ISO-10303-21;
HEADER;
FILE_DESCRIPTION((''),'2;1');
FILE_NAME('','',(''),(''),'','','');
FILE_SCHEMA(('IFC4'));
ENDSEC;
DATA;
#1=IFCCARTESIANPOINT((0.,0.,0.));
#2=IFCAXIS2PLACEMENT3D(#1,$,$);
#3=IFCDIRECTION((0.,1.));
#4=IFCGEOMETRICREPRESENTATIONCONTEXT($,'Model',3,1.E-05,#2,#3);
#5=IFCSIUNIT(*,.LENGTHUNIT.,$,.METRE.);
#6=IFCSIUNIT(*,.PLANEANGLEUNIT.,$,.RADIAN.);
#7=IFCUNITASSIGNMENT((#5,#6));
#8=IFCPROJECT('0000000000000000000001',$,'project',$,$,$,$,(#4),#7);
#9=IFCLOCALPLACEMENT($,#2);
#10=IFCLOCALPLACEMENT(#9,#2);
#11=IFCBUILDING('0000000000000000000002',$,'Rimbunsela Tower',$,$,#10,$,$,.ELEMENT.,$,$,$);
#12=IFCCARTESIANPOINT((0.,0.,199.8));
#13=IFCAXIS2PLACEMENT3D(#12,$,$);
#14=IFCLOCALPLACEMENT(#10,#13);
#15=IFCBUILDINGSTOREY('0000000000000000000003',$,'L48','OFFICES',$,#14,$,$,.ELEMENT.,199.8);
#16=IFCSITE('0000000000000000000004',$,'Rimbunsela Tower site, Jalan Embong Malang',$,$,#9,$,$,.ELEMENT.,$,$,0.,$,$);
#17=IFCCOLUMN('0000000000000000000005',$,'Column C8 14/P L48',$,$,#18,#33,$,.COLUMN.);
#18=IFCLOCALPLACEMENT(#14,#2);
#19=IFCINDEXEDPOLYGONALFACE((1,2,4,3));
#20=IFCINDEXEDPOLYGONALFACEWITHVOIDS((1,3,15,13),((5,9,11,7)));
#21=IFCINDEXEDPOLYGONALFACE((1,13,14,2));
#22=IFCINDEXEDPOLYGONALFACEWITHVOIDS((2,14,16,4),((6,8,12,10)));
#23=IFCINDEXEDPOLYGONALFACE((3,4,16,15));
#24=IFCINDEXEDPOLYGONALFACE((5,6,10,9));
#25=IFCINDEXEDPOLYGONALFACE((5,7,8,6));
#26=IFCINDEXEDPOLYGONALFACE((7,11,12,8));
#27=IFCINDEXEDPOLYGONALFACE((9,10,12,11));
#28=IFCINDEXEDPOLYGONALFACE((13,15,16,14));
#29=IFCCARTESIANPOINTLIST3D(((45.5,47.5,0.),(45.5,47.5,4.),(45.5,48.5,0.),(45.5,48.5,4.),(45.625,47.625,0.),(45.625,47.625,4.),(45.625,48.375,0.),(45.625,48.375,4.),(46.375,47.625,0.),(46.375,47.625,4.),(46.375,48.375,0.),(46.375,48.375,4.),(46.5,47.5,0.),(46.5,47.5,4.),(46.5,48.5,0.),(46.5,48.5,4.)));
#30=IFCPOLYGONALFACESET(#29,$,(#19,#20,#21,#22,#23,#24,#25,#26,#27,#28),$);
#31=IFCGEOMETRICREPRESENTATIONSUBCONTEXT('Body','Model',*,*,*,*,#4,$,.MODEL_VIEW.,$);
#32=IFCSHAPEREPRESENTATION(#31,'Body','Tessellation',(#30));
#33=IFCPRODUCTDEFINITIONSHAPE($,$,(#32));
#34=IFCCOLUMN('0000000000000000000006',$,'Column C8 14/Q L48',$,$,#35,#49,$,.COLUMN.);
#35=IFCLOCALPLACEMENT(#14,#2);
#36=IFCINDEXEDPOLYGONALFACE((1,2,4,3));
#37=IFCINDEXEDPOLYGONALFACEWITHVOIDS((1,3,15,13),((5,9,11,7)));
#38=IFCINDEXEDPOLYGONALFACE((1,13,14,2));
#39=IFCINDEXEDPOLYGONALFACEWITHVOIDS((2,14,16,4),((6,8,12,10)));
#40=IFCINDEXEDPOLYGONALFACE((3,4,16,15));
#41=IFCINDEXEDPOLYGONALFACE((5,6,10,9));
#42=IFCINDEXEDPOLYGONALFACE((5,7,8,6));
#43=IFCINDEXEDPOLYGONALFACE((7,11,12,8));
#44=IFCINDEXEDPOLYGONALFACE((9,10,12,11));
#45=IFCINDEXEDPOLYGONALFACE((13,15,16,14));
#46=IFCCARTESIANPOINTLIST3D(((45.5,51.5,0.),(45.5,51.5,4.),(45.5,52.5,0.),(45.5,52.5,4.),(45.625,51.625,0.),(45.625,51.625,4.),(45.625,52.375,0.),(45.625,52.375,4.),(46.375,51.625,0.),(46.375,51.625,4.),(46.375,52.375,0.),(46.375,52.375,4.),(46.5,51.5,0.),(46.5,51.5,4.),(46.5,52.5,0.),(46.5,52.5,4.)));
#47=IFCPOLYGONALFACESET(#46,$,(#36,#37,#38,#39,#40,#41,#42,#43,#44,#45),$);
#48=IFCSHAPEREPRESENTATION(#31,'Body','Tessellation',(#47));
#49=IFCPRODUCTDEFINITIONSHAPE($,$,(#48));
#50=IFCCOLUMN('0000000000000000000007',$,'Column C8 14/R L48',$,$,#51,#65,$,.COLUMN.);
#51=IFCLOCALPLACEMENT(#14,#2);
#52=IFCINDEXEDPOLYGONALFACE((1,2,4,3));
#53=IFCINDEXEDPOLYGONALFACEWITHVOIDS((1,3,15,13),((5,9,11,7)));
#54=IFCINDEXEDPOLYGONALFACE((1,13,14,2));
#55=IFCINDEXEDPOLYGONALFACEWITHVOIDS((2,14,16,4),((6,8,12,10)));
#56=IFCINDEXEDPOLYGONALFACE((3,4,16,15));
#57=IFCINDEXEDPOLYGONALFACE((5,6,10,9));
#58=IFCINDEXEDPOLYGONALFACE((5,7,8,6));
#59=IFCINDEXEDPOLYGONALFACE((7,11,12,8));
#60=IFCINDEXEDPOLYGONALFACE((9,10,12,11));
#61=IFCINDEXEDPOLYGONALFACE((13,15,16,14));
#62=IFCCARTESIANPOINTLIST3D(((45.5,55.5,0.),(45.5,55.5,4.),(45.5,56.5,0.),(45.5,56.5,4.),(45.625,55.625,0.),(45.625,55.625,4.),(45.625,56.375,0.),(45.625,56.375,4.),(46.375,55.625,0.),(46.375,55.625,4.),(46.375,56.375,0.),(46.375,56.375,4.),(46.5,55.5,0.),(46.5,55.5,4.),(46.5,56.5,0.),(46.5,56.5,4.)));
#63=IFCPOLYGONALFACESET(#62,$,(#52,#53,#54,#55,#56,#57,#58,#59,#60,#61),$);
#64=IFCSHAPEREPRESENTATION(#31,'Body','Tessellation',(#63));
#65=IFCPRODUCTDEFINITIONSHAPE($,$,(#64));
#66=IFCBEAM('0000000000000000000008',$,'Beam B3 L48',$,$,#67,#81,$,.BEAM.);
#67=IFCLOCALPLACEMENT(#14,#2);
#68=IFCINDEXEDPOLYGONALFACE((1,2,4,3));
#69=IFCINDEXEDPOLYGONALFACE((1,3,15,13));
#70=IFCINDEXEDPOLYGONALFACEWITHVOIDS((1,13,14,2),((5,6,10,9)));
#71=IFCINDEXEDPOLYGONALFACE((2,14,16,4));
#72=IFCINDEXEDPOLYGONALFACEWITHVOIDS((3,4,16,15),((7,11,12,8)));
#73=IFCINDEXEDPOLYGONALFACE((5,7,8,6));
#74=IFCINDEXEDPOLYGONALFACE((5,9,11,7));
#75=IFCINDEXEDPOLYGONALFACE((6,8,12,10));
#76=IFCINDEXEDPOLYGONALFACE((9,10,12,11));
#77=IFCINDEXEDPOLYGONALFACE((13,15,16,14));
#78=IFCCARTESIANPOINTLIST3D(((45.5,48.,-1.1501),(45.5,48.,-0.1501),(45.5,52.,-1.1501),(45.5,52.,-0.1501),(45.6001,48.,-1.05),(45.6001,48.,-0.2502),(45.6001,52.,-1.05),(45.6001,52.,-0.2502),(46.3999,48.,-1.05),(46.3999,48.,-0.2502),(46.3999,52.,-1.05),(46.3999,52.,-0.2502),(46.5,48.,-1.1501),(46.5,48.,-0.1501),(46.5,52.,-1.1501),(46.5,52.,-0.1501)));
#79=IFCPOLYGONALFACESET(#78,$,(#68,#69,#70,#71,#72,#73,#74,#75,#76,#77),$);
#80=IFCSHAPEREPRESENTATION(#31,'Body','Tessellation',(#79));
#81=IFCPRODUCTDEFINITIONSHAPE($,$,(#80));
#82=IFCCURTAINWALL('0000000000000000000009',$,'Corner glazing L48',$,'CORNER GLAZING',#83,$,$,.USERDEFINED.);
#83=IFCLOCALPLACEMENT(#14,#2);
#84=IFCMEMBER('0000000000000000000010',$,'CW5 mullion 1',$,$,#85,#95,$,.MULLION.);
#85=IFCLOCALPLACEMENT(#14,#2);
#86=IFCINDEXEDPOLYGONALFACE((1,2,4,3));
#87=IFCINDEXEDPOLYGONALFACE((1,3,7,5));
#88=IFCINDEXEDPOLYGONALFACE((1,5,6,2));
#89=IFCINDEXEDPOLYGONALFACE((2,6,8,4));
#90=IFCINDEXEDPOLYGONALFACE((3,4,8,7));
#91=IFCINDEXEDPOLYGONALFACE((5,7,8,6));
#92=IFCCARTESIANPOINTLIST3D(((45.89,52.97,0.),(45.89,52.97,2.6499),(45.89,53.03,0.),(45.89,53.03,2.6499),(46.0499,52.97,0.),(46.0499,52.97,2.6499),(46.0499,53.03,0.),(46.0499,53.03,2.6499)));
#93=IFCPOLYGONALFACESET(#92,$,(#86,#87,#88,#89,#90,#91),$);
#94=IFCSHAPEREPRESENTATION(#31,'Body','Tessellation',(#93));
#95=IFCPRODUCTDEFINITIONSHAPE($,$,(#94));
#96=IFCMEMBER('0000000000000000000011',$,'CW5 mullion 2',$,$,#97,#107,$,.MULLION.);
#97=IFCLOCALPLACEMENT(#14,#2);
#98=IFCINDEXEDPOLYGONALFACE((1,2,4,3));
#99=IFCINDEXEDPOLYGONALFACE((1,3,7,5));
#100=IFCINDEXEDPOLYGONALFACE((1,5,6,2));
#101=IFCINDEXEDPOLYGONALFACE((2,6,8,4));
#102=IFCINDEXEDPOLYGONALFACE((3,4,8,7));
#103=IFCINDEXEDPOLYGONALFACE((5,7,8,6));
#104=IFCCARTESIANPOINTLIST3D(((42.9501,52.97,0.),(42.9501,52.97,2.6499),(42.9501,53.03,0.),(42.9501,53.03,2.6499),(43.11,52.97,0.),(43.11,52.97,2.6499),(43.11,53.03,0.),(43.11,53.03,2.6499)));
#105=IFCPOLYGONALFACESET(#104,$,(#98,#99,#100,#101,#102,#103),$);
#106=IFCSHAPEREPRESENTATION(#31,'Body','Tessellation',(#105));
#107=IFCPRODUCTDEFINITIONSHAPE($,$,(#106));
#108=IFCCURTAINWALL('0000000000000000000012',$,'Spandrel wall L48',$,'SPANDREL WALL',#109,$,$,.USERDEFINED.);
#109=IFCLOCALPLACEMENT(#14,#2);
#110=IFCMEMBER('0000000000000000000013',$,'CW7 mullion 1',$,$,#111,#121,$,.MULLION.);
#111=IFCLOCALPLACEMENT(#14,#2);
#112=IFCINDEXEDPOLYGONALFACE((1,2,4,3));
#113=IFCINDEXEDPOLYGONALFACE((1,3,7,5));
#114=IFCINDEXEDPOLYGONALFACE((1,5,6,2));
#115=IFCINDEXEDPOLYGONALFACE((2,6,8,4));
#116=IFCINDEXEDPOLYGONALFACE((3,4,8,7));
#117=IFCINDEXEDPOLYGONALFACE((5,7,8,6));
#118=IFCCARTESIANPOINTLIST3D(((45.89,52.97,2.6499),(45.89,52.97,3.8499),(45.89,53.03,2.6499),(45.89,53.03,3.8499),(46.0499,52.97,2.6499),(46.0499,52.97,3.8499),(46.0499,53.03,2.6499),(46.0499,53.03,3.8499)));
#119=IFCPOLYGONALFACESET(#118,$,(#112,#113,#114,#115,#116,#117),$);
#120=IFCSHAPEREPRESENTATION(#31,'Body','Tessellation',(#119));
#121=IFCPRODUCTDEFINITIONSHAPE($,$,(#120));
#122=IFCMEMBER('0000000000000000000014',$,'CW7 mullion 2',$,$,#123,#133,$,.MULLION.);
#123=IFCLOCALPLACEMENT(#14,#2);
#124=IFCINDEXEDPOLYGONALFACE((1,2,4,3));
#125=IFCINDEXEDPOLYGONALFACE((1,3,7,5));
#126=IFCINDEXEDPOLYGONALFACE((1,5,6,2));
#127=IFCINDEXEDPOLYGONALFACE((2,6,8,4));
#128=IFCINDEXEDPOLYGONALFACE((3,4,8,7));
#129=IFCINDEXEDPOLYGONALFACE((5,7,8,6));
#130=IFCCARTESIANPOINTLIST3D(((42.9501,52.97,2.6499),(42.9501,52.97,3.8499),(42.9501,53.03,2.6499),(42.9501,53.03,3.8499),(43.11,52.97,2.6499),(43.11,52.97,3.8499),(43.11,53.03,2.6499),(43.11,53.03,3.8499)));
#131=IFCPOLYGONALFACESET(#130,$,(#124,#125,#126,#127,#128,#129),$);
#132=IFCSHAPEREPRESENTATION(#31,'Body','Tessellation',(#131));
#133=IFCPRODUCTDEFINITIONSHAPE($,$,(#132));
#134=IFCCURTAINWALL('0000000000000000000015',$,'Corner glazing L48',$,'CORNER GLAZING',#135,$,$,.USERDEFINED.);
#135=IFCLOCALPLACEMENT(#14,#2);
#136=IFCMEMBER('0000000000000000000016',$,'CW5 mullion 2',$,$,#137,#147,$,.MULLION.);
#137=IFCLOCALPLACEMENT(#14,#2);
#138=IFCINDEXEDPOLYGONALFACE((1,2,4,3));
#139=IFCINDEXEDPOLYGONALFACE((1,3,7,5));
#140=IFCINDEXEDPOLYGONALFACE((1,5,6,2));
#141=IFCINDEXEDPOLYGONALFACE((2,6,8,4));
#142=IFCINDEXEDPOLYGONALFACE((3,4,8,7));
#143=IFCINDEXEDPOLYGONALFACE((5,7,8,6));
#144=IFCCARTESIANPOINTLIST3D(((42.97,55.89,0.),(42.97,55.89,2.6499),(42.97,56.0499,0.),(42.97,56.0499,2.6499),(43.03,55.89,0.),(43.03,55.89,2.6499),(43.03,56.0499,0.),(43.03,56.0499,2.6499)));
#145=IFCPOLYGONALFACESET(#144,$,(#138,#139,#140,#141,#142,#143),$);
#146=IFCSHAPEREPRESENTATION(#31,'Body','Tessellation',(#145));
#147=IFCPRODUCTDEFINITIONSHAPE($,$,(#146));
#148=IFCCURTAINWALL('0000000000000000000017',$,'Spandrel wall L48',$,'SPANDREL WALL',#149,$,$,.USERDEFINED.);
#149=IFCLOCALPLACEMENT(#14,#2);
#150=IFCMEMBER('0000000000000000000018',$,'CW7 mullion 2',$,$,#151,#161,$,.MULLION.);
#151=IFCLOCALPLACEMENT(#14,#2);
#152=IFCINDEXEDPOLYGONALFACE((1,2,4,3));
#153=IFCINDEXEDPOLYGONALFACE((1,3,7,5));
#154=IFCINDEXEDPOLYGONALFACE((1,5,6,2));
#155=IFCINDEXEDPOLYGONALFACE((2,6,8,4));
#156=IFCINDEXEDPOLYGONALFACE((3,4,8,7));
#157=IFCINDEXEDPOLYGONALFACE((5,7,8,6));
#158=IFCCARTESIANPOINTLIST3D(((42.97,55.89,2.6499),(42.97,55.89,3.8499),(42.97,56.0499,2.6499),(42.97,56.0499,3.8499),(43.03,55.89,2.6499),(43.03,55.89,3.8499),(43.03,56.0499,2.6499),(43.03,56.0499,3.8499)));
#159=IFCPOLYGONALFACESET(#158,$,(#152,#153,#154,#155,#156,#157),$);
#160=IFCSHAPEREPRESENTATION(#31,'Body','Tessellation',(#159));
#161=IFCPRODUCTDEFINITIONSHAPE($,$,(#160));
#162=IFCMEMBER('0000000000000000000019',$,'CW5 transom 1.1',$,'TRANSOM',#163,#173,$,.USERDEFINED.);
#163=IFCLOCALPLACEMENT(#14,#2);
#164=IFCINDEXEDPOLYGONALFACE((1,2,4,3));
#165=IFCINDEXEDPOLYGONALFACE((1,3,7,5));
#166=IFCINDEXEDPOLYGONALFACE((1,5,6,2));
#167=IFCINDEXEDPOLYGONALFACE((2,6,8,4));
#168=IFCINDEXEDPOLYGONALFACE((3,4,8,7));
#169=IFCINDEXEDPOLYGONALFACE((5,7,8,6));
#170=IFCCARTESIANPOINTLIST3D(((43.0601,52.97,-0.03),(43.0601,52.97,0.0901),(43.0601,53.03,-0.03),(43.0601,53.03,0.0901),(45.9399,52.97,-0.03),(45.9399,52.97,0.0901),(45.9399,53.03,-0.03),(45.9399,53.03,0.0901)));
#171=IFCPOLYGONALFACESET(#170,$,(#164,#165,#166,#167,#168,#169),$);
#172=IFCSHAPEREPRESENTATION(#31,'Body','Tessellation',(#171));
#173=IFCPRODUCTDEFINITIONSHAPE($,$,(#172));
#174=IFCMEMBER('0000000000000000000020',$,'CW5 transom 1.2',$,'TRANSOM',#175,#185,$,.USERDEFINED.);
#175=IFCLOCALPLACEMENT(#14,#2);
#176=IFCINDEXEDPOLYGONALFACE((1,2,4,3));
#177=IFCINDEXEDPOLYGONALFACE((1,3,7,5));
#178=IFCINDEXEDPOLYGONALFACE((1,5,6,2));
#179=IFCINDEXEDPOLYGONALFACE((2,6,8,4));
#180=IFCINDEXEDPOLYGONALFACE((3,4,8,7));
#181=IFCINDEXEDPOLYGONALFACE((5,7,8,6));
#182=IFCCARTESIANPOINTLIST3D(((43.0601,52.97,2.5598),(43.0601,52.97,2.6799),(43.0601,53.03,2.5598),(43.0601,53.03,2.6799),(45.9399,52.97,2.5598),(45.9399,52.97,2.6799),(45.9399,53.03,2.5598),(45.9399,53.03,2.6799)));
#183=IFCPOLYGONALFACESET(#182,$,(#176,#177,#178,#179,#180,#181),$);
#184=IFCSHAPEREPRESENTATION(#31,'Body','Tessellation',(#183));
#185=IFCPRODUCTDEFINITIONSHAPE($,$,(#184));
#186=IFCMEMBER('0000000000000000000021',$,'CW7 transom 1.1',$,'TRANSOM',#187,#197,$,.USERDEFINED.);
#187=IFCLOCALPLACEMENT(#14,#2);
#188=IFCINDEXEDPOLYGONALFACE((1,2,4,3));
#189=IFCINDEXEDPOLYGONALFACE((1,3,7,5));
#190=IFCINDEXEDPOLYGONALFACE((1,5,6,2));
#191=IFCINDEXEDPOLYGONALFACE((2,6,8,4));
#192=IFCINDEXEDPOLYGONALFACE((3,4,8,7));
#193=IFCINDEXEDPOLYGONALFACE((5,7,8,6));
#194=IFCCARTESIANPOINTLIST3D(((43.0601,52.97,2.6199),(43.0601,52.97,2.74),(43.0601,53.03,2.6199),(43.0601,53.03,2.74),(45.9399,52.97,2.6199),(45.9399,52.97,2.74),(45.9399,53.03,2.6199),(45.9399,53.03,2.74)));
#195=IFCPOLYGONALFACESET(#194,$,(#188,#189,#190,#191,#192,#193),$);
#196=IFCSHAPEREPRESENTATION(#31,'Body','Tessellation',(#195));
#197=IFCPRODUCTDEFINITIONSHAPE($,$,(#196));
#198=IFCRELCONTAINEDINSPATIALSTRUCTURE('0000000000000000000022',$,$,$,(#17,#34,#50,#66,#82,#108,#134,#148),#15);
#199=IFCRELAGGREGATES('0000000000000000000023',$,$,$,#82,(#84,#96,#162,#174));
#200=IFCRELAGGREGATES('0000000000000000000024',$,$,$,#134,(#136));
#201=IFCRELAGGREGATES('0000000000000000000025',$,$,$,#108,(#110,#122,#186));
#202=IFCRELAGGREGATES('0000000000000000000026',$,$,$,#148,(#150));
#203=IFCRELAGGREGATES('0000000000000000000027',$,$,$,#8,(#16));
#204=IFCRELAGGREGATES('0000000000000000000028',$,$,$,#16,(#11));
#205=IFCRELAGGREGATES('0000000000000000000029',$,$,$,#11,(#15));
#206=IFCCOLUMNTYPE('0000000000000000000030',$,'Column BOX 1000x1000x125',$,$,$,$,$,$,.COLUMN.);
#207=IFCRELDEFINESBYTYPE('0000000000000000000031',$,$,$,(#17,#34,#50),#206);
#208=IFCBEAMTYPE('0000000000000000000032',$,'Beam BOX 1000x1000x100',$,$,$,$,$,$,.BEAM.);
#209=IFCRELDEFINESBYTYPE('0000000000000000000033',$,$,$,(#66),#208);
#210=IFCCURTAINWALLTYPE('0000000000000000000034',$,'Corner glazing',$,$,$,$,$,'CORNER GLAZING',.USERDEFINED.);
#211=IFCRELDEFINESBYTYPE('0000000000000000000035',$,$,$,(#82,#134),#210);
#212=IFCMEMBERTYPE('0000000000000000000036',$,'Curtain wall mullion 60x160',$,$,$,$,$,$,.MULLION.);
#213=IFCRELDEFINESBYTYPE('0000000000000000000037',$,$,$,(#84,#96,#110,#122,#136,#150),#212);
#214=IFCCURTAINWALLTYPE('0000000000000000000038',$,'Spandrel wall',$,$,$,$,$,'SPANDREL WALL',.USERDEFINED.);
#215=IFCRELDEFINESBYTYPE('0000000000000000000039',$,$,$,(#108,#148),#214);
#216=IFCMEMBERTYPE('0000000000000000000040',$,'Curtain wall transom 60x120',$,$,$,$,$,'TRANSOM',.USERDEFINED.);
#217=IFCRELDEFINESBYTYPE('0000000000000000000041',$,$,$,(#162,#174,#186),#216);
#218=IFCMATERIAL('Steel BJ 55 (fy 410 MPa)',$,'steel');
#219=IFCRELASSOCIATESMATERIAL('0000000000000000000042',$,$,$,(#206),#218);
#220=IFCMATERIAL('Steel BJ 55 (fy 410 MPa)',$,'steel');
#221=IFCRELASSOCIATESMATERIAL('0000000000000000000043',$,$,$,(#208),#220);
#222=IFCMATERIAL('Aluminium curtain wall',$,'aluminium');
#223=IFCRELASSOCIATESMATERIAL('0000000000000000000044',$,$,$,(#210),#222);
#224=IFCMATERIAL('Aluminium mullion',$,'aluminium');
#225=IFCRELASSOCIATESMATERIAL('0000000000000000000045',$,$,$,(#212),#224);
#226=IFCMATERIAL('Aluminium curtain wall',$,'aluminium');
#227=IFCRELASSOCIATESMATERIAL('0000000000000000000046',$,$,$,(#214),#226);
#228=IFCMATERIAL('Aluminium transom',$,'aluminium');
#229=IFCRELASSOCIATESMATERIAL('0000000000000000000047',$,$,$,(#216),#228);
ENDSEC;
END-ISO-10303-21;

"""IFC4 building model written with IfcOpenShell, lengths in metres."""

from ifc_helpers import new_model, si_unit, direction, frame, origin, origin_2d, place, context, subcontext, project, spatial, rectangle, hollow_rectangle, extrude, material, material_profile, profile_set, type_object, element, aggregate, save


model = new_model("IFC4")

# Units and contexts
model_context = context("Model", 3, precision=1e-05, world=origin(), true_north=direction((0.0, 1.0)))
body_context = subcontext(model_context, "Body", "Model", "MODEL_VIEW")
ifc_project = project(units=[si_unit("LENGTHUNIT", "METRE"), si_unit("PLANEANGLEUNIT", "RADIAN")], contexts=[model_context])

# Site, building, storey
site_placement = place(None, origin())
site = spatial("IfcSite", under=ifc_project, at=site_placement, Name="Rimbunsela Tower site, Jalan Embong Malang", CompositionType="ELEMENT", RefElevation=0.0)
building_placement = place(site_placement, origin())
building = spatial("IfcBuilding", under=site, at=building_placement, Name="Rimbunsela Tower", CompositionType="ELEMENT")
storey_placement = place(building_placement, frame((0.0, 0.0, 199.8)))
storey = spatial("IfcBuildingStorey", under=building, at=storey_placement, Name="L48", Description="OFFICES", CompositionType="ELEMENT", Elevation=199.8)

# Columns
ifc_material_1 = material(Name="Steel BJ 55 (fy 410 MPa)", Category="steel")
ifc_material_profile_1 = material_profile(ifc_material_1, hollow_rectangle(XDim=1.0, YDim=1.0, WallThickness=0.125, at=origin_2d()), Name="BOX 1000x1000x125")
ifc_profile_set_1 = profile_set([ifc_material_profile_1], Name="Steel BJ 55 (fy 410 MPa)")
column_type = type_object("IfcColumnType", Name="Column BOX 1000x1000x125", PredefinedType="COLUMN", material=ifc_profile_set_1)
for number, where, z_axis, x_axis, name in (
    (1, (46.0, 48.0, 0.0), (0.0, 0.0, 1.0), (1.0, 0.0, 0.0), "Column C8 14/P L48"),
    (2, (46.0, 52.0, 0.0), (0.0, 0.0, 1.0), (1.0, 0.0, 0.0), "Column C8 14/Q L48"),
    (3, (46.0, 56.0, 0.0), (0.0, 0.0, 1.0), (1.0, 0.0, 0.0), "Column C8 14/R L48"),
):
    element("IfcColumn", number, at=place(storey_placement, frame(where, z_axis=z_axis, x_axis=x_axis)), inside=storey, type_object=column_type, Name=name, PredefinedType="COLUMN", context=body_context, shape_type="SweptSolid", body=[
        extrude(hollow_rectangle(XDim=1.0, YDim=1.0, WallThickness=0.125, at=origin_2d()), origin(), (0.0, 0.0, 1.0), 4.0),
    ])

# Beam
ifc_material_2 = material(Name="Steel BJ 55 (fy 410 MPa)", Category="steel")
ifc_material_profile_2 = material_profile(ifc_material_2, hollow_rectangle(XDim=1.0, YDim=1.0, WallThickness=0.1001, at=origin_2d()), Name="BOX 1000x1000x100")
ifc_profile_set_2 = profile_set([ifc_material_profile_2], Name="Steel BJ 55 (fy 410 MPa)")
beam_type = type_object("IfcBeamType", Name="Beam BOX 1000x1000x100", PredefinedType="BEAM", material=ifc_profile_set_2)
beam_placement = place(storey_placement, frame((46.0, 48.0, -0.6501), z_axis=(0.0, 1.0, 0.0), x_axis=(-1.0, 0.0, 0.0)))
element("IfcBeam", 4, at=beam_placement, inside=storey, type_object=beam_type, Name="Beam B3 L48", PredefinedType="BEAM", context=body_context, shape_type="SweptSolid", body=[
    extrude(hollow_rectangle(XDim=1.0, YDim=1.0, WallThickness=0.1001, at=origin_2d()), origin(), (0.0, 0.0, 1.0), 4.0),
])

# Curtain walls, members
ifc_material_3 = material(Name="Aluminium curtain wall", Category="aluminium")
curtain_wall_type_1 = type_object("IfcCurtainWallType", Name="Corner glazing", ElementType="CORNER GLAZING", PredefinedType="USERDEFINED", material=ifc_material_3)
curtain_wall_1_placement = place(storey_placement, origin())
curtain_wall_1 = element("IfcCurtainWall", 5, at=curtain_wall_1_placement, inside=storey, type_object=curtain_wall_type_1, Name="Corner glazing L48", ObjectType="CORNER GLAZING", PredefinedType="USERDEFINED")
ifc_material_4 = material(Name="Aluminium mullion", Category="aluminium")
ifc_material_profile_3 = material_profile(ifc_material_4, rectangle(XDim=0.0601, YDim=0.1599, at=origin_2d()), Name="Mullion 60x160")
ifc_profile_set_3 = profile_set([ifc_material_profile_3], Name="Aluminium mullion")
member_type_1 = type_object("IfcMemberType", Name="Curtain wall mullion 60x160", PredefinedType="MULLION", material=ifc_profile_set_3)
member_1_placement = place(storey_placement, frame((45.97, 53.0, 0.0), z_axis=(0.0, 0.0, 1.0), x_axis=(0.0, -1.0, 0.0)))
member_1 = element("IfcMember", 6, at=member_1_placement, type_object=member_type_1, Name="CW5 mullion 1", PredefinedType="MULLION", context=body_context, shape_type="SweptSolid", body=[
    extrude(rectangle(XDim=0.0601, YDim=0.1599, at=origin_2d()), origin(), (0.0, 0.0, 1.0), 2.6499),
])
member_2_placement = place(storey_placement, frame((43.03, 53.0, 0.0), z_axis=(0.0, 0.0, 1.0), x_axis=(0.0, -1.0, 0.0)))
member_2 = element("IfcMember", 7, at=member_2_placement, type_object=member_type_1, Name="CW5 mullion 2", PredefinedType="MULLION", context=body_context, shape_type="SweptSolid", body=[
    extrude(rectangle(XDim=0.0601, YDim=0.1599, at=origin_2d()), origin(), (0.0, 0.0, 1.0), 2.6499),
])
ifc_material_5 = material(Name="Aluminium curtain wall", Category="aluminium")
curtain_wall_type_2 = type_object("IfcCurtainWallType", Name="Spandrel wall", ElementType="SPANDREL WALL", PredefinedType="USERDEFINED", material=ifc_material_5)
curtain_wall_2_placement = place(storey_placement, origin())
curtain_wall_2 = element("IfcCurtainWall", 8, at=curtain_wall_2_placement, inside=storey, type_object=curtain_wall_type_2, Name="Spandrel wall L48", ObjectType="SPANDREL WALL", PredefinedType="USERDEFINED")
member_3_placement = place(storey_placement, frame((45.97, 53.0, 2.6499), z_axis=(0.0, 0.0, 1.0), x_axis=(0.0, -1.0, 0.0)))
member_3 = element("IfcMember", 9, at=member_3_placement, type_object=member_type_1, Name="CW7 mullion 1", PredefinedType="MULLION", context=body_context, shape_type="SweptSolid", body=[
    extrude(rectangle(XDim=0.0601, YDim=0.1599, at=origin_2d()), origin(), (0.0, 0.0, 1.0), 1.2),
])
member_4_placement = place(storey_placement, frame((43.03, 53.0, 2.6499), z_axis=(0.0, 0.0, 1.0), x_axis=(0.0, -1.0, 0.0)))
member_4 = element("IfcMember", 10, at=member_4_placement, type_object=member_type_1, Name="CW7 mullion 2", PredefinedType="MULLION", context=body_context, shape_type="SweptSolid", body=[
    extrude(rectangle(XDim=0.0601, YDim=0.1599, at=origin_2d()), origin(), (0.0, 0.0, 1.0), 1.2),
])

# Curtain walls, members
curtain_wall_3_placement = place(storey_placement, origin())
curtain_wall_3 = element("IfcCurtainWall", 11, at=curtain_wall_3_placement, inside=storey, type_object=curtain_wall_type_1, Name="Corner glazing L48", ObjectType="CORNER GLAZING", PredefinedType="USERDEFINED")
member_5_placement = place(storey_placement, frame((43.0, 55.97, 0.0), z_axis=(0.0, 0.0, 1.0), x_axis=(-1.0, 0.0, 0.0)))
member_5 = element("IfcMember", 12, at=member_5_placement, type_object=member_type_1, Name="CW5 mullion 2", PredefinedType="MULLION", context=body_context, shape_type="SweptSolid", body=[
    extrude(rectangle(XDim=0.0601, YDim=0.1599, at=origin_2d()), origin(), (0.0, 0.0, 1.0), 2.6499),
])
curtain_wall_4_placement = place(storey_placement, origin())
curtain_wall_4 = element("IfcCurtainWall", 13, at=curtain_wall_4_placement, inside=storey, type_object=curtain_wall_type_2, Name="Spandrel wall L48", ObjectType="SPANDREL WALL", PredefinedType="USERDEFINED")
member_6_placement = place(storey_placement, frame((43.0, 55.97, 2.6499), z_axis=(0.0, 0.0, 1.0), x_axis=(-1.0, 0.0, 0.0)))
member_6 = element("IfcMember", 14, at=member_6_placement, type_object=member_type_1, Name="CW7 mullion 2", PredefinedType="MULLION", context=body_context, shape_type="SweptSolid", body=[
    extrude(rectangle(XDim=0.0601, YDim=0.1599, at=origin_2d()), origin(), (0.0, 0.0, 1.0), 1.2),
])

# Members
ifc_material_6 = material(Name="Aluminium transom", Category="aluminium")
ifc_material_profile_4 = material_profile(ifc_material_6, rectangle(XDim=0.0601, YDim=0.1201, at=origin_2d()), Name="Transom 60x120")
ifc_profile_set_4 = profile_set([ifc_material_profile_4], Name="Aluminium transom")
member_type_2 = type_object("IfcMemberType", Name="Curtain wall transom 60x120", ElementType="TRANSOM", PredefinedType="USERDEFINED", material=ifc_profile_set_4)
member_7_placement = place(storey_placement, frame((45.9399, 53.0, 0.03), z_axis=(-1.0, 0.0, 0.0), x_axis=(0.0, -1.0, 0.0)))
member_7 = element("IfcMember", 15, at=member_7_placement, type_object=member_type_2, Name="CW5 transom 1.1", ObjectType="TRANSOM", PredefinedType="USERDEFINED", context=body_context, shape_type="SweptSolid", body=[
    extrude(rectangle(XDim=0.0601, YDim=0.1201, at=origin_2d()), origin(), (0.0, 0.0, 1.0), 2.8799),
])
member_8_placement = place(storey_placement, frame((45.9399, 53.0, 2.6199), z_axis=(-1.0, 0.0, 0.0), x_axis=(0.0, -1.0, 0.0)))
member_8 = element("IfcMember", 16, at=member_8_placement, type_object=member_type_2, Name="CW5 transom 1.2", ObjectType="TRANSOM", PredefinedType="USERDEFINED", context=body_context, shape_type="SweptSolid", body=[
    extrude(rectangle(XDim=0.0601, YDim=0.1201, at=origin_2d()), origin(), (0.0, 0.0, 1.0), 2.8799),
])
member_9_placement = place(storey_placement, frame((45.9399, 53.0, 2.6799), z_axis=(-1.0, 0.0, 0.0), x_axis=(0.0, -1.0, 0.0)))
member_9 = element("IfcMember", 17, at=member_9_placement, type_object=member_type_2, Name="CW7 transom 1.1", ObjectType="TRANSOM", PredefinedType="USERDEFINED", context=body_context, shape_type="SweptSolid", body=[
    extrude(rectangle(XDim=0.0601, YDim=0.1201, at=origin_2d()), origin(), (0.0, 0.0, 1.0), 2.8799),
])

aggregate(curtain_wall_1, [member_1, member_2, member_7, member_8])
aggregate(curtain_wall_3, [member_5])
aggregate(curtain_wall_2, [member_3, member_4, member_9])
aggregate(curtain_wall_4, [member_6])

save(model, "model.ifc")
